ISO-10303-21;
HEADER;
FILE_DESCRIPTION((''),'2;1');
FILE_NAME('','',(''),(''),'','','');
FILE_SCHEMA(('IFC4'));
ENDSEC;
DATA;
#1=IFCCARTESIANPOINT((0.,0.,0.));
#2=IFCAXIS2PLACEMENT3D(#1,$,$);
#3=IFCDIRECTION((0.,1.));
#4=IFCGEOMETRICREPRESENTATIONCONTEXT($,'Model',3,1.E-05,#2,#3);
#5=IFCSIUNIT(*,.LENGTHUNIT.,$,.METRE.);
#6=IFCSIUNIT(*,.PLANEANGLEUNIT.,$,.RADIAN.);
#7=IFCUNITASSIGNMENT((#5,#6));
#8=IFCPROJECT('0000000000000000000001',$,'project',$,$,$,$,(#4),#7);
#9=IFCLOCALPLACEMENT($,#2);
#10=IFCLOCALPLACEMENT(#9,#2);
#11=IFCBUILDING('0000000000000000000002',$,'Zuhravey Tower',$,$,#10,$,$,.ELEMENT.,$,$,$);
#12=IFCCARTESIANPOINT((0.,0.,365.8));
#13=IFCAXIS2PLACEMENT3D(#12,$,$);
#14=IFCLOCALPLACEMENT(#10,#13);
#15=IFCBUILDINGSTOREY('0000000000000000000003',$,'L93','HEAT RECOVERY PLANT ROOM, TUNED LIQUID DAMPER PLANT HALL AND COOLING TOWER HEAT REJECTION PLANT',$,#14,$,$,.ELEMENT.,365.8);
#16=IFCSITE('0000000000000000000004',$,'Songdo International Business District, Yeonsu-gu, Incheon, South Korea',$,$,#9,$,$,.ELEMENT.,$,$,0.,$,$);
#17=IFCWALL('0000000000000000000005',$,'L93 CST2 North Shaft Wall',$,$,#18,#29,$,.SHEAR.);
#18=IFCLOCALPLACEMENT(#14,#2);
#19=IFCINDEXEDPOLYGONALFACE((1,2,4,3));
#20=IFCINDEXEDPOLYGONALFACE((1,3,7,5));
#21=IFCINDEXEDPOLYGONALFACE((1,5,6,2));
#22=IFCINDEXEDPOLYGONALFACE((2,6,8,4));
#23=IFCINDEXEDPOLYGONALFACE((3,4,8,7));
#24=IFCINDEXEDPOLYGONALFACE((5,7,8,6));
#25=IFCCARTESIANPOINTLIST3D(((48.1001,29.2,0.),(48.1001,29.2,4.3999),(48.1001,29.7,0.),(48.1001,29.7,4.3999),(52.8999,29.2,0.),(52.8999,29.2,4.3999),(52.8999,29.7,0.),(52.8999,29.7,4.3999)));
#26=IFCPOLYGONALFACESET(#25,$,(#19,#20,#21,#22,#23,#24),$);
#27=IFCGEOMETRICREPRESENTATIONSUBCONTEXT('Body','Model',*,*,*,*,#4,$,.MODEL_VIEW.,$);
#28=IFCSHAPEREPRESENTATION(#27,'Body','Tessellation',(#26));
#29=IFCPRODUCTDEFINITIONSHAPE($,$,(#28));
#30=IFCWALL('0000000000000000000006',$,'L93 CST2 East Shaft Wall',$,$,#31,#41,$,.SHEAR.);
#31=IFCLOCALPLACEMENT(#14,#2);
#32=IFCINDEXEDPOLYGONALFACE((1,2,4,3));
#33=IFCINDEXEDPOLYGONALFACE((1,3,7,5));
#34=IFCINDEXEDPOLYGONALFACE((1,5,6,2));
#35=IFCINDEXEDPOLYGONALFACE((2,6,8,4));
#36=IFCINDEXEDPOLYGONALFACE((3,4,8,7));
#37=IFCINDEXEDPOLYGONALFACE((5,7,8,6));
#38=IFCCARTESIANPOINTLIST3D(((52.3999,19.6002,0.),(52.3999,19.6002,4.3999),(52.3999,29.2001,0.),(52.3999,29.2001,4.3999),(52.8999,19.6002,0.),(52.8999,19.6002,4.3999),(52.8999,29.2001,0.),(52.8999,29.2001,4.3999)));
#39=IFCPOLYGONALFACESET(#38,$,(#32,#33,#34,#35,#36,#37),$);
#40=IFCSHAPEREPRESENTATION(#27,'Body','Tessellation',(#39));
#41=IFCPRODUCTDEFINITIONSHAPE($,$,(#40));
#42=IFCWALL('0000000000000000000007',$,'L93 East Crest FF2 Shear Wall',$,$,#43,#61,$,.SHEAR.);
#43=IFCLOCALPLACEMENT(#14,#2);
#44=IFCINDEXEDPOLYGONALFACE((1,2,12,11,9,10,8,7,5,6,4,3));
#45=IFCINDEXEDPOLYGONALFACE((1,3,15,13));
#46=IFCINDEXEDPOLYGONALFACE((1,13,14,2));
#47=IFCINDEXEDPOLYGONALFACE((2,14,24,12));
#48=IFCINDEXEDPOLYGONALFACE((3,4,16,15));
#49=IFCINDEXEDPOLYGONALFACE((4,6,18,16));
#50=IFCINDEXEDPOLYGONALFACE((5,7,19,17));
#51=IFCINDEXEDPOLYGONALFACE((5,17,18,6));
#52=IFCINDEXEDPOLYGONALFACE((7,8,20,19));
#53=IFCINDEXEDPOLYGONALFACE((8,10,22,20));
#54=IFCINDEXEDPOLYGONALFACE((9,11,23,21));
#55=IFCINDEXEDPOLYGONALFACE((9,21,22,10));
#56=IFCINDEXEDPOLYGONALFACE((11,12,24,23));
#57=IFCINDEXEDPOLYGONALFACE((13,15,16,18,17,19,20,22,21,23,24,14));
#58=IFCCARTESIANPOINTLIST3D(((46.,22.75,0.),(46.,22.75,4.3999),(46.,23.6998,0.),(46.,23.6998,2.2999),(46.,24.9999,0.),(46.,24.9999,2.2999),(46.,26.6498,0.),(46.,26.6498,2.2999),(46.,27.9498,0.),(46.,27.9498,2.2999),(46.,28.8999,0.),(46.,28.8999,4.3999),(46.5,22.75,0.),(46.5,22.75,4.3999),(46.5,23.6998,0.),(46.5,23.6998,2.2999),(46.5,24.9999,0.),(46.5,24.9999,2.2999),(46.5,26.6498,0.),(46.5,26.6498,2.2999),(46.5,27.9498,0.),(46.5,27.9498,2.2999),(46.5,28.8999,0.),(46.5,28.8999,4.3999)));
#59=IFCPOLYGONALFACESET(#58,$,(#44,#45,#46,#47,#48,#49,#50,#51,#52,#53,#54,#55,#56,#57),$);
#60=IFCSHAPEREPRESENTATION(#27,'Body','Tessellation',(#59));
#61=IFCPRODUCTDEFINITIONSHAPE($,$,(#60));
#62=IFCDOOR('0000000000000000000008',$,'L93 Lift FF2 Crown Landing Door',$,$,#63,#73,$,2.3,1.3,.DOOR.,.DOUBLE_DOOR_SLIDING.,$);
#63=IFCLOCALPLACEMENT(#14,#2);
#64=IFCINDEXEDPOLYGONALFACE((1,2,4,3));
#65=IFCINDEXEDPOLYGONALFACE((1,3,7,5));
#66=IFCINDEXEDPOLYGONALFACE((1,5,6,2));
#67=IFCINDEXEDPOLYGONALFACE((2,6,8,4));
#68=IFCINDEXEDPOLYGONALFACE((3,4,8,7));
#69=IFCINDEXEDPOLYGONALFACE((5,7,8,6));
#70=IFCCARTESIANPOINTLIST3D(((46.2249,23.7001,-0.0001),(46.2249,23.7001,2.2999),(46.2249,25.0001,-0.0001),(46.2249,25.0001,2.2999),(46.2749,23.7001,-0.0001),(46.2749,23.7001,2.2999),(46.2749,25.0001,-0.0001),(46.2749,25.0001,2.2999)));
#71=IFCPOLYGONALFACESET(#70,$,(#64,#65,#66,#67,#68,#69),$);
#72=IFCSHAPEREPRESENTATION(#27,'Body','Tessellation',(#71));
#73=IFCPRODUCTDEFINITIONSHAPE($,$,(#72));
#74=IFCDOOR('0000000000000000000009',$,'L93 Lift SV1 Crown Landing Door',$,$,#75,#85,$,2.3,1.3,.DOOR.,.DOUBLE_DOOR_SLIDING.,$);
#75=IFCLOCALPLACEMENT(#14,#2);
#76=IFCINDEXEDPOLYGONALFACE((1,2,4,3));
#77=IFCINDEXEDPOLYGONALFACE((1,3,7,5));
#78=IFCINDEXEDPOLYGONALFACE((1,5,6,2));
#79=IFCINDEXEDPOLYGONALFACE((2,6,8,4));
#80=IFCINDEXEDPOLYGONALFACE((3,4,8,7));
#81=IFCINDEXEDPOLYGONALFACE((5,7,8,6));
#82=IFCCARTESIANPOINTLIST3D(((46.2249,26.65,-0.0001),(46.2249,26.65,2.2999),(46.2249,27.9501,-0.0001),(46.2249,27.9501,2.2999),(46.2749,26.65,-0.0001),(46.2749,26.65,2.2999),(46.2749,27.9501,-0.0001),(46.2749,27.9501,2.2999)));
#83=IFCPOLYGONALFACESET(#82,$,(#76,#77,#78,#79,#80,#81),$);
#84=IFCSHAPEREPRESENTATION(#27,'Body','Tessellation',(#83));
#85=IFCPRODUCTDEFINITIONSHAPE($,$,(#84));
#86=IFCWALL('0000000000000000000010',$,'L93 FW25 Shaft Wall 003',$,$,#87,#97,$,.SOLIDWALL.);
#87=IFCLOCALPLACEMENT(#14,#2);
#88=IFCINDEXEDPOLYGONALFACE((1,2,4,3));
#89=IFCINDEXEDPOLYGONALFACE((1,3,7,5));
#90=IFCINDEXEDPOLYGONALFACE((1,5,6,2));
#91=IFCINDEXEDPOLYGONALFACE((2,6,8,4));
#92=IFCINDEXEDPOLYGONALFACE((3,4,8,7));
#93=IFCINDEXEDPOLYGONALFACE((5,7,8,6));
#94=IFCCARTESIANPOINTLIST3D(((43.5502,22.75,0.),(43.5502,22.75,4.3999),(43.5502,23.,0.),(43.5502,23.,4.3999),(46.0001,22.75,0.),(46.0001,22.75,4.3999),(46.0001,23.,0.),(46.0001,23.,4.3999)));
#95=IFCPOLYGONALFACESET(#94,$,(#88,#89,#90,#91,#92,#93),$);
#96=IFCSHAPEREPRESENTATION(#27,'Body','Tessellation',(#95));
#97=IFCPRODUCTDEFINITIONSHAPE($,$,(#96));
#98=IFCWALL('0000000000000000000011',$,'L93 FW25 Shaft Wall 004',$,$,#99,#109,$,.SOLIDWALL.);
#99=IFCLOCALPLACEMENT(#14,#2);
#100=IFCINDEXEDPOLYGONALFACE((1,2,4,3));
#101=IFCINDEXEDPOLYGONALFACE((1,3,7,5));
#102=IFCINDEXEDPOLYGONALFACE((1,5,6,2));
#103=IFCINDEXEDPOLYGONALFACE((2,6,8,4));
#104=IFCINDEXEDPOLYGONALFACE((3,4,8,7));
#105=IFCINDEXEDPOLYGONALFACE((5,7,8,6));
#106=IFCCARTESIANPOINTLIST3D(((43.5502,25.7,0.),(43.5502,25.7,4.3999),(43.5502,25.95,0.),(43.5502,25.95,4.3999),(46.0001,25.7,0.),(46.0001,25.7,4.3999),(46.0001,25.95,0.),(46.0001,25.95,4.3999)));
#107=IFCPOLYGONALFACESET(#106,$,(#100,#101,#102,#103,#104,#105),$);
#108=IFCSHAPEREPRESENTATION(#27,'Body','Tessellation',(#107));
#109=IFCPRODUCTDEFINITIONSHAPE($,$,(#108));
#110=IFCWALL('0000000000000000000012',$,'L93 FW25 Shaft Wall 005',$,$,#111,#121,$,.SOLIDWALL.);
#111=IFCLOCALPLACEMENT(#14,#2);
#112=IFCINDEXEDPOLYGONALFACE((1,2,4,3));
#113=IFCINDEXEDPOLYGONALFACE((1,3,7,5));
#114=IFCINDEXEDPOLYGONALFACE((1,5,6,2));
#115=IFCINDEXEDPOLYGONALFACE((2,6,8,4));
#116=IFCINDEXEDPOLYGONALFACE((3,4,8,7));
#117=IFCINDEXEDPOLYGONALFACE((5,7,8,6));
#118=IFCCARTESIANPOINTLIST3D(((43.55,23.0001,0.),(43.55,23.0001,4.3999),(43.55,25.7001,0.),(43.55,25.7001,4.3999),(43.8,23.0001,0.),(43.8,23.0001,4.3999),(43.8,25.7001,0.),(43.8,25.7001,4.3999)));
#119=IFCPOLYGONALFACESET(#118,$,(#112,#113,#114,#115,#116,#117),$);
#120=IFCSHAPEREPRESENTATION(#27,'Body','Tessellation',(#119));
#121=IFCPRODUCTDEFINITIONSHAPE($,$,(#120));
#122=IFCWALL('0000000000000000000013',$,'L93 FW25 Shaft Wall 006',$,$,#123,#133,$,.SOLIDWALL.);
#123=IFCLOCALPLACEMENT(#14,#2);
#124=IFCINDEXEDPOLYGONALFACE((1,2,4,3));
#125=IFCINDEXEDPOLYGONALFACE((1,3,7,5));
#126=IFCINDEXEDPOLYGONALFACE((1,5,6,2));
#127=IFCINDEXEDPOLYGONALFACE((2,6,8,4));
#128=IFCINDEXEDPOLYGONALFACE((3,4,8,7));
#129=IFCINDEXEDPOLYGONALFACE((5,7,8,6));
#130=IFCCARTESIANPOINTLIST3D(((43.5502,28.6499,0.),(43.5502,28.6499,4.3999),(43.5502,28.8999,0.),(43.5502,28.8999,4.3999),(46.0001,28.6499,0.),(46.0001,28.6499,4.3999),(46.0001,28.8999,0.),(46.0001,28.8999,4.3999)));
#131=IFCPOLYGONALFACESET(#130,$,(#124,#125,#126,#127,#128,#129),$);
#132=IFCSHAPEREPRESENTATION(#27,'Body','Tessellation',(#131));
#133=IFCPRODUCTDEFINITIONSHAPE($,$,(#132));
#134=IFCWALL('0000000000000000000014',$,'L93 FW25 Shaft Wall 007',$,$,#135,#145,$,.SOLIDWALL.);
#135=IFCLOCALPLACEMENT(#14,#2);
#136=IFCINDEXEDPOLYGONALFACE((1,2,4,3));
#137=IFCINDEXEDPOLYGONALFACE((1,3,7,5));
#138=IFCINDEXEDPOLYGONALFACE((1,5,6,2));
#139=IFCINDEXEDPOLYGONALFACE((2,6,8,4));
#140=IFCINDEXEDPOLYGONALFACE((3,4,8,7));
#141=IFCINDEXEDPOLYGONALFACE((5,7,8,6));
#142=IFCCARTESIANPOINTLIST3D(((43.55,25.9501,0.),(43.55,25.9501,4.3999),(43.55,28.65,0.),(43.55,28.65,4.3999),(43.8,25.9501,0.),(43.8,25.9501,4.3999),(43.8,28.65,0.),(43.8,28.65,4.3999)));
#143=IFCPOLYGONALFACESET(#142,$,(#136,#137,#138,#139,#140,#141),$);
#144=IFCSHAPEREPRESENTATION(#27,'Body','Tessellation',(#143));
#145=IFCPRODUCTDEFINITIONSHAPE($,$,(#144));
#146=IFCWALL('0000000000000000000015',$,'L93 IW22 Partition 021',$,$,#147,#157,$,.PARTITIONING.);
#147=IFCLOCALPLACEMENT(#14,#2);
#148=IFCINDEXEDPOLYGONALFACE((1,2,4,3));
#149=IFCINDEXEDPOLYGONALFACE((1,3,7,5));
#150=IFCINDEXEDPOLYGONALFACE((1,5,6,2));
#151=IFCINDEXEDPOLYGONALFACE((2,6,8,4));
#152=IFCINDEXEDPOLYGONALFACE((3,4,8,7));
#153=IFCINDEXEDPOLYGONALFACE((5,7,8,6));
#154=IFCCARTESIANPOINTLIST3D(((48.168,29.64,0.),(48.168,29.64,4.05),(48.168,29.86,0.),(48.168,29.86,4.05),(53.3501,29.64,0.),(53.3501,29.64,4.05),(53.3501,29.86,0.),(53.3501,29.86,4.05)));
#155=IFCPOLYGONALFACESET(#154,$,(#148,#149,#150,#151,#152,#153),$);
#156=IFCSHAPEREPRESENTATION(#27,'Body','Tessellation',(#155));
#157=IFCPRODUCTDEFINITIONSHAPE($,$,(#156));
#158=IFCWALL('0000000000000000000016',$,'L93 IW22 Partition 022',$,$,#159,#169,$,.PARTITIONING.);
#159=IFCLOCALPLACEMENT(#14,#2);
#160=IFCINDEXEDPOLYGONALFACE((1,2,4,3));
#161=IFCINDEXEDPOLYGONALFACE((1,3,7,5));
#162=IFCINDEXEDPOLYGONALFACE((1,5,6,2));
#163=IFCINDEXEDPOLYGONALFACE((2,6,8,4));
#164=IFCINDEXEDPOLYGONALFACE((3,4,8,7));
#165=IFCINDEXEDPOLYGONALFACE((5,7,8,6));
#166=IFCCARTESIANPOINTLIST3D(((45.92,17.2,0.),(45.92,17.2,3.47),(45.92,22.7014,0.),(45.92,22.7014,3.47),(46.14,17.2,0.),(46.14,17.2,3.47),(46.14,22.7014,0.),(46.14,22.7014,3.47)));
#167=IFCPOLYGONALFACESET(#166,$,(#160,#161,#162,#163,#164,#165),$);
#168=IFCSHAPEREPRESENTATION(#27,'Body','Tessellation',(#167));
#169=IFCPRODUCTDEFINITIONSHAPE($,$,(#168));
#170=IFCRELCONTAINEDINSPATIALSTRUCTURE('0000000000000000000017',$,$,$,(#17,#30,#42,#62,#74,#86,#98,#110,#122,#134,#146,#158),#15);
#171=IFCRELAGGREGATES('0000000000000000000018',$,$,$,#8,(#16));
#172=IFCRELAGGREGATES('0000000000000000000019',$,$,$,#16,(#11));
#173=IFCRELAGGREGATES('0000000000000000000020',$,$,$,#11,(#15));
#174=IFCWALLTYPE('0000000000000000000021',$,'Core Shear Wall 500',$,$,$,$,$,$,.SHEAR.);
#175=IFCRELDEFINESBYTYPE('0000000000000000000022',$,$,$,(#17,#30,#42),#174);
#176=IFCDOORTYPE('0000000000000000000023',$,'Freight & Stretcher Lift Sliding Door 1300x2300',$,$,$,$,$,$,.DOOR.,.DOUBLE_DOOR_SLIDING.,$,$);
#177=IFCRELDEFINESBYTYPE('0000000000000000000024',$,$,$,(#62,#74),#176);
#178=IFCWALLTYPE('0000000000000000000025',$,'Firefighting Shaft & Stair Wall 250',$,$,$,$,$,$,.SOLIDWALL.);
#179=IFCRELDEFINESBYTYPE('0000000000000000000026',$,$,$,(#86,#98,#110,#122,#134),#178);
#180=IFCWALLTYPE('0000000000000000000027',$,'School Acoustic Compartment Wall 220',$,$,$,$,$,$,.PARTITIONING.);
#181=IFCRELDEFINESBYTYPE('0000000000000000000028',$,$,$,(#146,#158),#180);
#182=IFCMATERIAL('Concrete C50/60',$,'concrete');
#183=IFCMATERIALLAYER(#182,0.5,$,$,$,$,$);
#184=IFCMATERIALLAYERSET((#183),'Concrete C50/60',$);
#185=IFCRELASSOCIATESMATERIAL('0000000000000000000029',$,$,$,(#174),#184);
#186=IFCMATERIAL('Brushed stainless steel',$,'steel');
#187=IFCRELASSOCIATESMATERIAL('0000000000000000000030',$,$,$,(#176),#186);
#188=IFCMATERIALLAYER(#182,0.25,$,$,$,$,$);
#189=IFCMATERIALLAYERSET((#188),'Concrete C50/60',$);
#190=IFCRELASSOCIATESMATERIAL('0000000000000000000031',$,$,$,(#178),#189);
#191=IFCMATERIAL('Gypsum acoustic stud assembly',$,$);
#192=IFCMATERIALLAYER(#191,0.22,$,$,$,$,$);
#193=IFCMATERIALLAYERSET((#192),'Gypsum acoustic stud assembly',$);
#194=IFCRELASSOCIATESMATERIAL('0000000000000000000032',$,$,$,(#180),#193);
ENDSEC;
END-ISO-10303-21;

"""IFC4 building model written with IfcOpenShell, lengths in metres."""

from ifc_helpers import new_model, si_unit, direction, frame, frame_2d, origin, place, context, subcontext, project, spatial, rectangle, extrude, material, layer, layer_set, type_object, element, fill, save


model = new_model("IFC4")

# Units and contexts
model_context = context("Model", 3, precision=1e-05, world=origin(), true_north=direction((0.0, 1.0)))
body_context = subcontext(model_context, "Body", "Model", "MODEL_VIEW")
ifc_project = project(units=[si_unit("LENGTHUNIT", "METRE"), si_unit("PLANEANGLEUNIT", "RADIAN")], contexts=[model_context])

# Site, building, storey
site_placement = place(None, origin())
site = spatial("IfcSite", under=ifc_project, at=site_placement, Name="Songdo International Business District, Yeonsu-gu, Incheon, South Korea", CompositionType="ELEMENT", RefElevation=0.0)
building_placement = place(site_placement, origin())
building = spatial("IfcBuilding", under=site, at=building_placement, Name="Zuhravey Tower", CompositionType="ELEMENT")
storey_placement = place(building_placement, frame((0.0, 0.0, 365.8)))
storey = spatial("IfcBuildingStorey", under=building, at=storey_placement, Name="L93", Description="HEAT RECOVERY PLANT ROOM, TUNED LIQUID DAMPER PLANT HALL AND COOLING TOWER HEAT REJECTION PLANT", CompositionType="ELEMENT", Elevation=365.8)

# Walls
ifc_material_1 = material(Name="Concrete C50/60", Category="concrete")
ifc_layer_1 = layer(ifc_material_1, 0.5)
ifc_layer_set_1 = layer_set([ifc_layer_1], Name="Concrete C50/60")
wall_type_1 = type_object("IfcWallType", Name="Core Shear Wall 500", PredefinedType="SHEAR", material=ifc_layer_set_1)
wall_1_placement = place(storey_placement, frame((52.8999, 29.45, 0.0), z_axis=(0.0, 0.0, 1.0), x_axis=(-1.0, 0.0, 0.0)))
element("IfcWall", 1, at=wall_1_placement, inside=storey, type_object=wall_type_1, Name="L93 CST2 North Shaft Wall", PredefinedType="SHEAR", context=body_context, shape_type="SweptSolid", body=[
    extrude(rectangle(XDim=4.7998, YDim=0.5, at=frame_2d((2.3999, 0.0))), origin(), (0.0, 0.0, 1.0), 4.3999),
])
wall_2_placement = place(storey_placement, frame((52.6499, 29.2, 0.0), z_axis=(0.0, 0.0, 1.0), x_axis=(0.0, -1.0, 0.0)))
element("IfcWall", 2, at=wall_2_placement, inside=storey, type_object=wall_type_1, Name="L93 CST2 East Shaft Wall", PredefinedType="SHEAR", context=body_context, shape_type="SweptSolid", body=[
    extrude(rectangle(XDim=9.5999, YDim=0.5, at=frame_2d((4.7998, 0.0))), origin(), (0.0, 0.0, 1.0), 4.3999),
])

# Wall, openings, doors
wall_3_placement = place(storey_placement, frame((46.25, 22.75, 0.0), z_axis=(0.0, 0.0, 1.0), x_axis=(0.0, 1.0, 0.0)))
wall_3 = element("IfcWall", 3, at=wall_3_placement, inside=storey, type_object=wall_type_1, Name="L93 East Crest FF2 Shear Wall", PredefinedType="SHEAR", context=body_context, shape_type="SweptSolid", body=[
    extrude(rectangle(XDim=6.1499, YDim=0.5, at=frame_2d((3.075, 0.0))), origin(), (0.0, 0.0, 1.0), 4.3999),
])
opening_1_placement = place(wall_3_placement, frame((0.95, 0.0, 0.0)))
opening_1 = element("IfcOpeningElement", 4, at=opening_1_placement, cuts=wall_3, PredefinedType="OPENING", context=body_context, shape_type="SweptSolid", body=[
    extrude(rectangle(XDim=1.3, YDim=2.3, at=frame_2d((0.6499, 1.1499))), frame((0.0, 0.262, 0.0), z_axis=(0.0, -1.0, 0.0), x_axis=(1.0, 0.0, 0.0)), (0.0, 0.0, 1.0), 0.5239),
])
opening_2_placement = place(wall_3_placement, frame((3.8999, 0.0, 0.0)))
opening_2 = element("IfcOpeningElement", 5, at=opening_2_placement, cuts=wall_3, PredefinedType="OPENING", context=body_context, shape_type="SweptSolid", body=[
    extrude(rectangle(XDim=1.3, YDim=2.3, at=frame_2d((0.6499, 1.1499))), frame((0.0, 0.262, 0.0), z_axis=(0.0, -1.0, 0.0), x_axis=(1.0, 0.0, 0.0)), (0.0, 0.0, 1.0), 0.5239),
])
ifc_material_2 = material(Name="Brushed stainless steel", Category="steel")
door_type = type_object("IfcDoorType", Name="Freight & Stretcher Lift Sliding Door 1300x2300", OperationType="DOUBLE_DOOR_SLIDING", PredefinedType="DOOR", material=ifc_material_2)
door_1_placement = place(opening_1_placement, frame((1.3, 0.0, 0.0), z_axis=(0.0, 0.0, 1.0), x_axis=(-1.0, 0.0, 0.0)))
door_1 = element("IfcDoor", 6, at=door_1_placement, inside=storey, type_object=door_type, Name="L93 Lift FF2 Crown Landing Door", OperationType="DOUBLE_DOOR_SLIDING", OverallHeight=2.3, OverallWidth=1.3, PredefinedType="DOOR", context=body_context, shape_type="SweptSolid", body=[
    extrude(rectangle(XDim=1.3, YDim=2.3, at=frame_2d((0.6499, 1.1499))), frame((0.0, 0.0249, 0.0), z_axis=(0.0, -1.0, 0.0), x_axis=(1.0, 0.0, 0.0)), (0.0, 0.0, 1.0), 0.05),
])
fill(opening_1, door_1)
door_2_placement = place(opening_2_placement, frame((1.3, 0.0, 0.0), z_axis=(0.0, 0.0, 1.0), x_axis=(-1.0, 0.0, 0.0)))
door_2 = element("IfcDoor", 7, at=door_2_placement, inside=storey, type_object=door_type, Name="L93 Lift SV1 Crown Landing Door", OperationType="DOUBLE_DOOR_SLIDING", OverallHeight=2.3, OverallWidth=1.3, PredefinedType="DOOR", context=body_context, shape_type="SweptSolid", body=[
    extrude(rectangle(XDim=1.3, YDim=2.3, at=frame_2d((0.6499, 1.1499))), frame((0.0, 0.0249, 0.0), z_axis=(0.0, -1.0, 0.0), x_axis=(1.0, 0.0, 0.0)), (0.0, 0.0, 1.0), 0.05),
])
fill(opening_2, door_2)

# Walls
ifc_layer_2 = layer(ifc_material_1, 0.25)
ifc_layer_set_2 = layer_set([ifc_layer_2], Name="Concrete C50/60")
wall_type_2 = type_object("IfcWallType", Name="Firefighting Shaft & Stair Wall 250", PredefinedType="SOLIDWALL", material=ifc_layer_set_2)
for number, where, z_axis, x_axis, name in (
    (8, (43.55, 22.875, 0.0), (0.0, 0.0, 1.0), (1.0, 0.0, 0.0), "L93 FW25 Shaft Wall 003"),
    (9, (43.55, 25.825, 0.0), (0.0, 0.0, 1.0), (1.0, 0.0, 0.0), "L93 FW25 Shaft Wall 004"),
):
    element("IfcWall", number, at=place(storey_placement, frame(where, z_axis=z_axis, x_axis=x_axis)), inside=storey, type_object=wall_type_2, Name=name, PredefinedType="SOLIDWALL", context=body_context, shape_type="SweptSolid", body=[
        extrude(rectangle(XDim=2.45, YDim=0.25, at=frame_2d((1.2251, 0.0))), origin(), (0.0, 0.0, 1.0), 4.3999),
    ])
wall_4_placement = place(storey_placement, frame((43.675, 23.0, 0.0), z_axis=(0.0, 0.0, 1.0), x_axis=(0.0, 1.0, 0.0)))
element("IfcWall", 10, at=wall_4_placement, inside=storey, type_object=wall_type_2, Name="L93 FW25 Shaft Wall 005", PredefinedType="SOLIDWALL", context=body_context, shape_type="SweptSolid", body=[
    extrude(rectangle(XDim=2.7, YDim=0.25, at=frame_2d((1.3501, 0.0))), origin(), (0.0, 0.0, 1.0), 4.3999),
])
wall_5_placement = place(storey_placement, frame((43.55, 28.7749, 0.0), z_axis=(0.0, 0.0, 1.0), x_axis=(1.0, 0.0, 0.0)))
element("IfcWall", 11, at=wall_5_placement, inside=storey, type_object=wall_type_2, Name="L93 FW25 Shaft Wall 006", PredefinedType="SOLIDWALL", context=body_context, shape_type="SweptSolid", body=[
    extrude(rectangle(XDim=2.45, YDim=0.25, at=frame_2d((1.2251, 0.0))), origin(), (0.0, 0.0, 1.0), 4.3999),
])
wall_6_placement = place(storey_placement, frame((43.675, 25.95, 0.0), z_axis=(0.0, 0.0, 1.0), x_axis=(0.0, 1.0, 0.0)))
element("IfcWall", 12, at=wall_6_placement, inside=storey, type_object=wall_type_2, Name="L93 FW25 Shaft Wall 007", PredefinedType="SOLIDWALL", context=body_context, shape_type="SweptSolid", body=[
    extrude(rectangle(XDim=2.7, YDim=0.25, at=frame_2d((1.3501, 0.0))), origin(), (0.0, 0.0, 1.0), 4.3999),
])
ifc_material_3 = material(Name="Gypsum acoustic stud assembly")
ifc_layer_3 = layer(ifc_material_3, 0.22)
ifc_layer_set_3 = layer_set([ifc_layer_3], Name="Gypsum acoustic stud assembly")
wall_type_3 = type_object("IfcWallType", Name="School Acoustic Compartment Wall 220", PredefinedType="PARTITIONING", material=ifc_layer_set_3)
wall_7_placement = place(storey_placement, frame((48.168, 29.75, 0.0), z_axis=(0.0, 0.0, 1.0), x_axis=(1.0, 0.0, 0.0)))
element("IfcWall", 13, at=wall_7_placement, inside=storey, type_object=wall_type_3, Name="L93 IW22 Partition 021", PredefinedType="PARTITIONING", context=body_context, shape_type="SweptSolid", body=[
    extrude(rectangle(XDim=5.1821, YDim=0.22, at=frame_2d((2.5911, 0.0))), origin(), (0.0, 0.0, 1.0), 4.05),
])
wall_8_placement = place(storey_placement, frame((46.03, 22.7014, 0.0), z_axis=(0.0, 0.0, 1.0), x_axis=(0.0, -1.0, 0.0)))
element("IfcWall", 14, at=wall_8_placement, inside=storey, type_object=wall_type_3, Name="L93 IW22 Partition 022", PredefinedType="PARTITIONING", context=body_context, shape_type="SweptSolid", body=[
    extrude(rectangle(XDim=5.5015, YDim=0.22, at=frame_2d((2.7507, 0.0))), origin(), (0.0, 0.0, 1.0), 3.47),
])

save(model, "model.ifc")
